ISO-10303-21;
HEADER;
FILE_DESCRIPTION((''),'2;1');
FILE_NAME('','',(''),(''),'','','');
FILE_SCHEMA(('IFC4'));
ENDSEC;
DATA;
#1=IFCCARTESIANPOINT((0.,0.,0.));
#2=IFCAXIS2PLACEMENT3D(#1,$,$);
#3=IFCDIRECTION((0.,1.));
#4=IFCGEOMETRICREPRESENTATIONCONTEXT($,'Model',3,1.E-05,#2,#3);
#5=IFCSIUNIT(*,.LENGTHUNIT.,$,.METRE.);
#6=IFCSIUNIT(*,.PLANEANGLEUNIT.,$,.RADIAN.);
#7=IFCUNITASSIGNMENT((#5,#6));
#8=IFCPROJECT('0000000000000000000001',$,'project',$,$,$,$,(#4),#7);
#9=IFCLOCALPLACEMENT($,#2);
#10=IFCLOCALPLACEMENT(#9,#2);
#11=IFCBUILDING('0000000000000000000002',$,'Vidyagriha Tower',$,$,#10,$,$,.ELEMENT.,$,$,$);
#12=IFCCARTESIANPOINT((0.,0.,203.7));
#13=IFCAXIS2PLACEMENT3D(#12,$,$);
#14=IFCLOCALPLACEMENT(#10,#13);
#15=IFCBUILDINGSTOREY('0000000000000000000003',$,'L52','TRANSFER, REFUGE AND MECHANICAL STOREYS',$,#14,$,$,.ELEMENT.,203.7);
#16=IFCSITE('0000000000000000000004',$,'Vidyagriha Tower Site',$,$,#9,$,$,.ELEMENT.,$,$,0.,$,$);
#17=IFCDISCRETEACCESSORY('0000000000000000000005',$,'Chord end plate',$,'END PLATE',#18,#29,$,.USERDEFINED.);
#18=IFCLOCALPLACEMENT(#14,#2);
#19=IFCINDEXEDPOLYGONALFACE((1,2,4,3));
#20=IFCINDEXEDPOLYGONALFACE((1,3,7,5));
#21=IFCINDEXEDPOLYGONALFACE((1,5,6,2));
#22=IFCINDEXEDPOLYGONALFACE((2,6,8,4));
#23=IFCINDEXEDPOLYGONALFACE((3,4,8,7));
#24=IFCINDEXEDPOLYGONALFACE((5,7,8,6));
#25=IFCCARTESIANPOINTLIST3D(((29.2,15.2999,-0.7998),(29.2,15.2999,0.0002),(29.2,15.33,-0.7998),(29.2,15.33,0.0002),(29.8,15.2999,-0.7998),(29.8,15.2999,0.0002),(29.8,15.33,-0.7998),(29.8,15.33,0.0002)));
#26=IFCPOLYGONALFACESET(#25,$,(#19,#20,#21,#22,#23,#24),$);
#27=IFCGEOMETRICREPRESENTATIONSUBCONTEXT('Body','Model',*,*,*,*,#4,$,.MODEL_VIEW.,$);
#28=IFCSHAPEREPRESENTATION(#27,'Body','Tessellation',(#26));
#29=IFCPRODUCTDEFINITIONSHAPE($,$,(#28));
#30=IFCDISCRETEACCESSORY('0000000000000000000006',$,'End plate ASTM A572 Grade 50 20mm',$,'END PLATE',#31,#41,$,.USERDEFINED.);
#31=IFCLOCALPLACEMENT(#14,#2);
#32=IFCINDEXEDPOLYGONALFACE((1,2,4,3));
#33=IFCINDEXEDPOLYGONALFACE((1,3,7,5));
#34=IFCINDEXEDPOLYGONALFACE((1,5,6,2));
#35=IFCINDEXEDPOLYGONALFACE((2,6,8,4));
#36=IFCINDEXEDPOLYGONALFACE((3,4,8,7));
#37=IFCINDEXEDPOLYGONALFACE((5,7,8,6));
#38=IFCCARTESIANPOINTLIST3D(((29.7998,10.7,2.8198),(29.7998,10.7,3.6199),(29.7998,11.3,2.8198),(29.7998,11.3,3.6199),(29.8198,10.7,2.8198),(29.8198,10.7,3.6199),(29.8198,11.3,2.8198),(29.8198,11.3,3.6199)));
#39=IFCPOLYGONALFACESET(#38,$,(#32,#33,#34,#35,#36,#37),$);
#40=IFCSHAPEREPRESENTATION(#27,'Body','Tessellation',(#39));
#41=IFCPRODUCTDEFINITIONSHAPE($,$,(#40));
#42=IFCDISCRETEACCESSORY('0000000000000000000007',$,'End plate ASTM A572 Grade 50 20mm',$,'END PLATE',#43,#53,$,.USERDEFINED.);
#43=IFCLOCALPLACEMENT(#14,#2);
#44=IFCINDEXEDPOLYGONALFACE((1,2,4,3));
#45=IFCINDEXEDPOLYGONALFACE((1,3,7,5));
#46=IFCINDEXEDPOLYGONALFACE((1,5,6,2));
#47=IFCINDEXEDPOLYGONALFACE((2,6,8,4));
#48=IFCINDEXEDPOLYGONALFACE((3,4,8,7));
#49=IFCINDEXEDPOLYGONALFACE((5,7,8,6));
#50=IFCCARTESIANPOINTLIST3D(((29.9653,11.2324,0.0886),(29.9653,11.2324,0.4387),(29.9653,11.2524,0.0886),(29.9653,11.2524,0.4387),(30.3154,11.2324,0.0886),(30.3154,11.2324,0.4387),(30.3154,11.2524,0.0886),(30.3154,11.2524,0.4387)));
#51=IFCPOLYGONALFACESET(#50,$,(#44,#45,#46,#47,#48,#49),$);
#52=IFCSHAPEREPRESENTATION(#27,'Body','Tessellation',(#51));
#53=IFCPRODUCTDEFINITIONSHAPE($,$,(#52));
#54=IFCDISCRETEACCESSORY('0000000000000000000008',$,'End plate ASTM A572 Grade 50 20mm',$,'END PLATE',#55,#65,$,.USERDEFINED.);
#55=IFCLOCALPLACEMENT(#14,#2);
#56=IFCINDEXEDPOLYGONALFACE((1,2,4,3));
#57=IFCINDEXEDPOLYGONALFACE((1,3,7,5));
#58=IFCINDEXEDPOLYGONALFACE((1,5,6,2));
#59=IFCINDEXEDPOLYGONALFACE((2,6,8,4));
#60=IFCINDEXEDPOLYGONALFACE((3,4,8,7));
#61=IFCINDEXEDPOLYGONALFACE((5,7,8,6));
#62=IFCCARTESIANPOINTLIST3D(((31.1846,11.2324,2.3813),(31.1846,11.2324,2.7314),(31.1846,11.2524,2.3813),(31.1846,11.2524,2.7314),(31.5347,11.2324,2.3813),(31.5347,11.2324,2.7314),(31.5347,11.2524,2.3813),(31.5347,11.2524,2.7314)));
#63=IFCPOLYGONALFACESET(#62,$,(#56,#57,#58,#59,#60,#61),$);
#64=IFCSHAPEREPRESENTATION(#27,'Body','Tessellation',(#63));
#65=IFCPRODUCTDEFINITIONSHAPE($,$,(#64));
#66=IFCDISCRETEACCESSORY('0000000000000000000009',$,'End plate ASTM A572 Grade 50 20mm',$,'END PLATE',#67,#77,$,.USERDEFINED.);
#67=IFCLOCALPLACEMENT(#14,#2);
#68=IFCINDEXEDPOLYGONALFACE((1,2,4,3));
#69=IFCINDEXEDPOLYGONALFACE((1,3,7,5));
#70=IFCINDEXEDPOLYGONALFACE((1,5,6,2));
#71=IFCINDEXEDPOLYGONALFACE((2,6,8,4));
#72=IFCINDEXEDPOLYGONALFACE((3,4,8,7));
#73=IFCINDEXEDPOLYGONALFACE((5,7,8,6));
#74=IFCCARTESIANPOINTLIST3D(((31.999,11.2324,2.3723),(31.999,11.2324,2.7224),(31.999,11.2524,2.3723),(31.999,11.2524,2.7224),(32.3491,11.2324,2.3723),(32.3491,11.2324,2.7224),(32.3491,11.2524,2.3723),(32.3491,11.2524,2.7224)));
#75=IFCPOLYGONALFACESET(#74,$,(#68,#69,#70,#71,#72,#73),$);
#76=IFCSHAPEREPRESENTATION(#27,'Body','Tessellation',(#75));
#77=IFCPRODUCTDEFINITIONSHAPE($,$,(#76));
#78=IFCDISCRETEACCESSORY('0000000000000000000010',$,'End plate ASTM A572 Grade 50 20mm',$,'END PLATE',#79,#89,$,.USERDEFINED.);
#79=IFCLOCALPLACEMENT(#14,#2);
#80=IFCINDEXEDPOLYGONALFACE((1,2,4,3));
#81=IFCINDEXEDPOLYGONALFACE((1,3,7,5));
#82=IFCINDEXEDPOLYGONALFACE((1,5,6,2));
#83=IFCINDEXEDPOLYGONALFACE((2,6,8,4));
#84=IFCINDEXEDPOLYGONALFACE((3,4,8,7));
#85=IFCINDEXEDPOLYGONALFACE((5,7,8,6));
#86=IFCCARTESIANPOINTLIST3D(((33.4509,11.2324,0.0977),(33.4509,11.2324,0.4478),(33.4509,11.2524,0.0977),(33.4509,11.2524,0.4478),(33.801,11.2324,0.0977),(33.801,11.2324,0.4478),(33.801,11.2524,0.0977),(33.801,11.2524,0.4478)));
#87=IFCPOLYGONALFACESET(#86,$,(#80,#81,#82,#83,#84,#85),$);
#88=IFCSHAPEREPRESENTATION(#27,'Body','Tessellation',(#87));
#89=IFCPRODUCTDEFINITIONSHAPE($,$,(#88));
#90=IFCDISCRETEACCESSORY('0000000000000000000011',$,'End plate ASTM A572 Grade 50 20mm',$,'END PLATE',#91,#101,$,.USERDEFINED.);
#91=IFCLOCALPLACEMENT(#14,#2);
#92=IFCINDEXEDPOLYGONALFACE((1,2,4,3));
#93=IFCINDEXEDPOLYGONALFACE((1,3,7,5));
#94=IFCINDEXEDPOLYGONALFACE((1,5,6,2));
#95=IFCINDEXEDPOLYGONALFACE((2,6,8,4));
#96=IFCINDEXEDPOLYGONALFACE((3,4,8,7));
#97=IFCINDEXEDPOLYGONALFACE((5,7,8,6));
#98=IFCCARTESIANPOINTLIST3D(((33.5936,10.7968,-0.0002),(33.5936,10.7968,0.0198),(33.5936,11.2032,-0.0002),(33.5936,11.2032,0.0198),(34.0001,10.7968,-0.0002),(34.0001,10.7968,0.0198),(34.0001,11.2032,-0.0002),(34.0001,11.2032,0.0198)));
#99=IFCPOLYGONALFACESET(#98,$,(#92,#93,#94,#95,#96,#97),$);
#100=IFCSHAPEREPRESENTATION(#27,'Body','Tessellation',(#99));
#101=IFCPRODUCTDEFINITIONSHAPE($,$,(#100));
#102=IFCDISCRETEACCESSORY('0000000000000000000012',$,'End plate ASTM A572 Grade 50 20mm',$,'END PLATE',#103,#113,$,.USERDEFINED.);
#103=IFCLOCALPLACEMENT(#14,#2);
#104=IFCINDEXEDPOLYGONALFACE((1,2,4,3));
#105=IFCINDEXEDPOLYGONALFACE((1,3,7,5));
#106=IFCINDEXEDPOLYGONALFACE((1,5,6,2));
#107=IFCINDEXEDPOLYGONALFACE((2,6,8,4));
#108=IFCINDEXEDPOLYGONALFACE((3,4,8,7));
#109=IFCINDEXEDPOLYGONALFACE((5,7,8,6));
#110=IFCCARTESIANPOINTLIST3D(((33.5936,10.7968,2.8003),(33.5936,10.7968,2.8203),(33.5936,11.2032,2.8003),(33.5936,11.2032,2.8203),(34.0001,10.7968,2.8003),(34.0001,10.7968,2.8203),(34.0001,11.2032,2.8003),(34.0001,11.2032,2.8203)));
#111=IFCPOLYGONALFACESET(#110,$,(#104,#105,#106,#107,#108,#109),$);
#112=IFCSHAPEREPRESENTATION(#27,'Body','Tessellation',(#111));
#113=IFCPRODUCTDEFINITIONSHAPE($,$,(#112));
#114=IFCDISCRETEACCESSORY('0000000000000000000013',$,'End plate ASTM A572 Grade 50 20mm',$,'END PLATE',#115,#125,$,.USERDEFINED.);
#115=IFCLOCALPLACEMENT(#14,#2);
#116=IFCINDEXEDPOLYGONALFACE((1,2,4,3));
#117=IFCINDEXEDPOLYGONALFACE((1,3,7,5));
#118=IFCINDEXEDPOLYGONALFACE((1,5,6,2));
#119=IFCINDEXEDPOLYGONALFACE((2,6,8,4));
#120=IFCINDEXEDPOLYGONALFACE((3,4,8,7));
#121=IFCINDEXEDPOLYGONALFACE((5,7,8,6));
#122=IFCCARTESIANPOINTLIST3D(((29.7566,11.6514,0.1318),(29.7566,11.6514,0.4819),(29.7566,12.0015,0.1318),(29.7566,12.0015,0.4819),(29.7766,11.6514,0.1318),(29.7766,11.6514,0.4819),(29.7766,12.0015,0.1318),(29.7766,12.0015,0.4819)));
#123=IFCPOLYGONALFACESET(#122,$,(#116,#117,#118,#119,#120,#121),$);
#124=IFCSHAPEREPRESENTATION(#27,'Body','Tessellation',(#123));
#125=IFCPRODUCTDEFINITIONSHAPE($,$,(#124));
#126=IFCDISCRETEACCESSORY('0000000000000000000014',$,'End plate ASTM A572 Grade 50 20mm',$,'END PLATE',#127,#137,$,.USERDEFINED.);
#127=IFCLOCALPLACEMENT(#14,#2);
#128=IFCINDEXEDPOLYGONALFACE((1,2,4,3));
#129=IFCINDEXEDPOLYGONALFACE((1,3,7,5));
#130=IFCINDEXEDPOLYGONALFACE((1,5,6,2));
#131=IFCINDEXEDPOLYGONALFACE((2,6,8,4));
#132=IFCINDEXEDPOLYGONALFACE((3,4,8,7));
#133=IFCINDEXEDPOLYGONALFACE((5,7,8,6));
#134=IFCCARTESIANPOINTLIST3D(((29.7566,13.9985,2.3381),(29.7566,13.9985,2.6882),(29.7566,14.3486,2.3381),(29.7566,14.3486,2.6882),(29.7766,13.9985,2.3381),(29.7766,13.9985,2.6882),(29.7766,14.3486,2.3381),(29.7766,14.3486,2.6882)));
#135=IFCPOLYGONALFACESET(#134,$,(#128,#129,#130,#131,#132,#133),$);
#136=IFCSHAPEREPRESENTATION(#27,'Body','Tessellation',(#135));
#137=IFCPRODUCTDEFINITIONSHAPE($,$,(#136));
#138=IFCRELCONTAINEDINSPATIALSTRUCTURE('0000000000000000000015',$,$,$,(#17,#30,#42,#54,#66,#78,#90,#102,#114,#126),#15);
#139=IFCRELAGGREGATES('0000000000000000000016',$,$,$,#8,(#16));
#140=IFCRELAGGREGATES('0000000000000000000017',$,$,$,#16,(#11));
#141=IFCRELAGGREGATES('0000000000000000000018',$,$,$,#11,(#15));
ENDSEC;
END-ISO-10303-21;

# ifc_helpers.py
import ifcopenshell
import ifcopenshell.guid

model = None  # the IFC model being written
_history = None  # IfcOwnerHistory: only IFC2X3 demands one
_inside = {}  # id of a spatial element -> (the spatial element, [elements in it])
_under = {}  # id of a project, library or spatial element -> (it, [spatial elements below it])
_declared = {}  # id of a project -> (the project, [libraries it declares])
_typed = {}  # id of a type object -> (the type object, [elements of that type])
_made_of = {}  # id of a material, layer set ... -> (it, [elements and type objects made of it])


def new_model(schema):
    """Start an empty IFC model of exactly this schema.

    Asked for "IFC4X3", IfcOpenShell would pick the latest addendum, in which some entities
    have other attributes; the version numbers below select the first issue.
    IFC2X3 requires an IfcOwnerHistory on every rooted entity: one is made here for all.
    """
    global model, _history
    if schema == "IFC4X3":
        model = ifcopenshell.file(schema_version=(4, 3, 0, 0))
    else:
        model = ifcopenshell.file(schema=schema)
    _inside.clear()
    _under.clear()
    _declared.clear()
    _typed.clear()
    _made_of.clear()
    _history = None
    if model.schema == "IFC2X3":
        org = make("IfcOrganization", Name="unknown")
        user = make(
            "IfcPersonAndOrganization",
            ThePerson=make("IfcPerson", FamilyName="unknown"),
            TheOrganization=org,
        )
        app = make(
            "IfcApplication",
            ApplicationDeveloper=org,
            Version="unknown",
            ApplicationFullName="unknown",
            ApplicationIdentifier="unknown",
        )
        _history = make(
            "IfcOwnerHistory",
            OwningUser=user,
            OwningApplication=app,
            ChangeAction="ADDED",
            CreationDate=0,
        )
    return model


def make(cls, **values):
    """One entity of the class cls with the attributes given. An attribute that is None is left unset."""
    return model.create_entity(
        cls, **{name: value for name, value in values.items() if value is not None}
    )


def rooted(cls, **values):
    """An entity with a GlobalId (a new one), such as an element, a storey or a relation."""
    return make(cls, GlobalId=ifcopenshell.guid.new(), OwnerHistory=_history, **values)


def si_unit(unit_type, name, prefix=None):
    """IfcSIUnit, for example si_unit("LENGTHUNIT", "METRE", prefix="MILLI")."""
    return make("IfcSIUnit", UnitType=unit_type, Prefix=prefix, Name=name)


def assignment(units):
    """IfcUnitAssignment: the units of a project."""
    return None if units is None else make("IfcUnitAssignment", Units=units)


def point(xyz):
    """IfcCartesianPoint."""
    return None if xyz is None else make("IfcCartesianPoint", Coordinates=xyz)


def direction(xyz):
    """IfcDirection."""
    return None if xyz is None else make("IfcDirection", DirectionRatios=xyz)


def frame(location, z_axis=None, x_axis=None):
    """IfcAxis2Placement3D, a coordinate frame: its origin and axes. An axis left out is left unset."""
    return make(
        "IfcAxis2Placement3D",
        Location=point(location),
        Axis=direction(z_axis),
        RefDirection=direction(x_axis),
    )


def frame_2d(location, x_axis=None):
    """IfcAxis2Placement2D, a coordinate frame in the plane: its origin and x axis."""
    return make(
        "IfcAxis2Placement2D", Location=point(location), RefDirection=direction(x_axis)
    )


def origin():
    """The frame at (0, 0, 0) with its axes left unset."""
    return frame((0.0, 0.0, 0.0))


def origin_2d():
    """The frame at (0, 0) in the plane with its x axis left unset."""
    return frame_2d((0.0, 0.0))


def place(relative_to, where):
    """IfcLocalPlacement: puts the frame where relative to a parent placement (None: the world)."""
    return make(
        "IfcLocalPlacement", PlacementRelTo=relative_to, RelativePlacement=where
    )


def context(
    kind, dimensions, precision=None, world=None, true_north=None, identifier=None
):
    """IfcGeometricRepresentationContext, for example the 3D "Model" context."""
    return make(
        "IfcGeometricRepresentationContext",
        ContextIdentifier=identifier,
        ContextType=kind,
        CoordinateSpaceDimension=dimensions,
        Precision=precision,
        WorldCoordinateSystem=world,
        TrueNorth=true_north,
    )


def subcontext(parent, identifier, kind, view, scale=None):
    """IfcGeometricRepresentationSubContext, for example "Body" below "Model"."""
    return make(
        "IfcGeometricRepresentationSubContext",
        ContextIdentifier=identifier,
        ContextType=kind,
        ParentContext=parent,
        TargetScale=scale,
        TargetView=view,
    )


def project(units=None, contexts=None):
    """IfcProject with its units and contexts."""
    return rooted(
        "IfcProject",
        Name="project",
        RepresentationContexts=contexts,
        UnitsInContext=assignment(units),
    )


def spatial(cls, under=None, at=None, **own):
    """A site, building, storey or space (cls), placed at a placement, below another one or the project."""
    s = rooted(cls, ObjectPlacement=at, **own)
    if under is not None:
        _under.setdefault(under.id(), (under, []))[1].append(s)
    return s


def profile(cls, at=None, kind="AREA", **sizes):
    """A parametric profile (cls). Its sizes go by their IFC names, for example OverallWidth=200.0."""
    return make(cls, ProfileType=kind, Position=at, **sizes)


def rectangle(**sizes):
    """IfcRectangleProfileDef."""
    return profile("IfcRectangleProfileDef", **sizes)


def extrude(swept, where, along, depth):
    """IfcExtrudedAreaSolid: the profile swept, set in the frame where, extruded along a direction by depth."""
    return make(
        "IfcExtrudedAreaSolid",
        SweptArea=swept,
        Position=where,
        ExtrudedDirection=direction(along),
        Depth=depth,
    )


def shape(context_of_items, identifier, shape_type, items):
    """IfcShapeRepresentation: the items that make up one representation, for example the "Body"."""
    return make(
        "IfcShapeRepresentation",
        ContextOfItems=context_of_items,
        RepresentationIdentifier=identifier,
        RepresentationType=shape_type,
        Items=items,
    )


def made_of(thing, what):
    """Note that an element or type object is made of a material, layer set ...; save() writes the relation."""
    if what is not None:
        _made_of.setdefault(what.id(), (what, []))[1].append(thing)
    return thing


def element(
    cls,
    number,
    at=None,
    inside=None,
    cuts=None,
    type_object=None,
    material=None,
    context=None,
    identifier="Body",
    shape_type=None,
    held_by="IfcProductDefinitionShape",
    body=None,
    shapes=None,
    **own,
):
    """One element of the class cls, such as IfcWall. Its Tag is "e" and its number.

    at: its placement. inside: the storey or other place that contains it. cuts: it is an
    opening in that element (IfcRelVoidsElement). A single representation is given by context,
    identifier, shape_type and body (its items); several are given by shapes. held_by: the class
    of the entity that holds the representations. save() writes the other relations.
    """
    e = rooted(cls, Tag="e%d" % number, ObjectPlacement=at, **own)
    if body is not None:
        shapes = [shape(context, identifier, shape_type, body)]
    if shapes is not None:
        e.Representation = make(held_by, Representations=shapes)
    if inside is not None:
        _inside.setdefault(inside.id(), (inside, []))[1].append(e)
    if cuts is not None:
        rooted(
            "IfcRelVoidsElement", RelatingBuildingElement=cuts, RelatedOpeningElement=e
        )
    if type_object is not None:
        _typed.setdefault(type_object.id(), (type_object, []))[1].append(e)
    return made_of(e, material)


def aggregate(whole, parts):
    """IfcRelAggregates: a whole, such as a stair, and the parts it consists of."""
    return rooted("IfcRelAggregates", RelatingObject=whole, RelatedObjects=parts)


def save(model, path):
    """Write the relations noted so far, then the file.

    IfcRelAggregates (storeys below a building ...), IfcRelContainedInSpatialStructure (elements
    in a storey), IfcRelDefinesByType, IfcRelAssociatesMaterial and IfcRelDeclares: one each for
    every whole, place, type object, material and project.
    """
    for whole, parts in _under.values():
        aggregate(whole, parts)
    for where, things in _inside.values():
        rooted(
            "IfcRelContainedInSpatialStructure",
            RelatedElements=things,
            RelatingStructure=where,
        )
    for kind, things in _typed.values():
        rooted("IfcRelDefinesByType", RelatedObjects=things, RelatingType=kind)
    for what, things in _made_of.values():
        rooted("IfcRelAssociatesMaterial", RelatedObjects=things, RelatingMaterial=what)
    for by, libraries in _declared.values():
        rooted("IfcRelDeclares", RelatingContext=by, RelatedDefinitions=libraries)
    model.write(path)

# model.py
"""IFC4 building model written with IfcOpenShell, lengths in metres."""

from ifc_helpers import new_model, si_unit, direction, frame, origin, origin_2d, place, context, subcontext, project, spatial, rectangle, extrude, element, save


model = new_model("IFC4")

# Units and contexts
model_context = context("Model", 3, precision=1e-05, world=origin(), true_north=direction((0.0, 1.0)))
body_context = subcontext(model_context, "Body", "Model", "MODEL_VIEW")
ifc_project = project(units=[si_unit("LENGTHUNIT", "METRE"), si_unit("PLANEANGLEUNIT", "RADIAN")], contexts=[model_context])

# Site, building, storey
site_placement = place(None, origin())
site = spatial("IfcSite", under=ifc_project, at=site_placement, Name="Vidyagriha Tower Site", CompositionType="ELEMENT", RefElevation=0.0)
building_placement = place(site_placement, origin())
building = spatial("IfcBuilding", under=site, at=building_placement, Name="Vidyagriha Tower", CompositionType="ELEMENT")
storey_placement = place(building_placement, frame((0.0, 0.0, 203.7)))
storey = spatial("IfcBuildingStorey", under=building, at=storey_placement, Name="L52", Description="TRANSFER, REFUGE AND MECHANICAL STOREYS", CompositionType="ELEMENT", Elevation=203.7)

# Discrete accessories
discrete_accessory_1_placement = place(storey_placement, frame((29.5, 15.3149, -0.7998), z_axis=(0.0, 0.0, 1.0), x_axis=(0.0, 1.0, 0.0)))
element("IfcDiscreteAccessory", 1, at=discrete_accessory_1_placement, inside=storey, Name="Chord end plate", ObjectType="END PLATE", PredefinedType="USERDEFINED", context=body_context, shape_type="SweptSolid", body=[
    extrude(rectangle(XDim=0.03, YDim=0.6001, at=origin_2d()), origin(), (0.0, 0.0, 1.0), 0.8),
])
discrete_accessory_2_placement = place(storey_placement, frame((29.8098, 11.0, 2.8198), z_axis=(0.0, 0.0, 1.0), x_axis=(-1.0, 0.0, 0.0)))
element("IfcDiscreteAccessory", 2, at=discrete_accessory_2_placement, inside=storey, Name="End plate ASTM A572 Grade 50 20mm", ObjectType="END PLATE", PredefinedType="USERDEFINED", context=body_context, shape_type="SweptSolid", body=[
    extrude(rectangle(XDim=0.02, YDim=0.6001, at=origin_2d()), origin(), (0.0, 0.0, 1.0), 0.8),
])
discrete_accessory_3_placement = place(storey_placement, frame((30.1404, 11.2424, 0.0886), z_axis=(0.0, 0.0, 1.0), x_axis=(-1.0, 0.0, 0.0)))
element("IfcDiscreteAccessory", 3, at=discrete_accessory_3_placement, inside=storey, Name="End plate ASTM A572 Grade 50 20mm", ObjectType="END PLATE", PredefinedType="USERDEFINED", context=body_context, shape_type="SweptSolid", body=[
    extrude(rectangle(XDim=0.3501, YDim=0.02, at=origin_2d()), origin(), (0.0, 0.0, 1.0), 0.3501),
])
discrete_accessory_4_placement = place(storey_placement, frame((31.3596, 11.2424, 2.3813)))
element("IfcDiscreteAccessory", 4, at=discrete_accessory_4_placement, inside=storey, Name="End plate ASTM A572 Grade 50 20mm", ObjectType="END PLATE", PredefinedType="USERDEFINED", context=body_context, shape_type="SweptSolid", body=[
    extrude(rectangle(XDim=0.3501, YDim=0.02, at=origin_2d()), origin(), (0.0, 0.0, 1.0), 0.3501),
])
discrete_accessory_5_placement = place(storey_placement, frame((32.1741, 11.2424, 2.3723), z_axis=(0.0, 0.0, 1.0), x_axis=(-1.0, 0.0, 0.0)))
element("IfcDiscreteAccessory", 5, at=discrete_accessory_5_placement, inside=storey, Name="End plate ASTM A572 Grade 50 20mm", ObjectType="END PLATE", PredefinedType="USERDEFINED", context=body_context, shape_type="SweptSolid", body=[
    extrude(rectangle(XDim=0.3501, YDim=0.02, at=origin_2d()), origin(), (0.0, 0.0, 1.0), 0.3501),
])
discrete_accessory_6_placement = place(storey_placement, frame((33.626, 11.2424, 0.0977)))
element("IfcDiscreteAccessory", 6, at=discrete_accessory_6_placement, inside=storey, Name="End plate ASTM A572 Grade 50 20mm", ObjectType="END PLATE", PredefinedType="USERDEFINED", context=body_context, shape_type="SweptSolid", body=[
    extrude(rectangle(XDim=0.3501, YDim=0.02, at=origin_2d()), origin(), (0.0, 0.0, 1.0), 0.3501),
])
for number, where, name in (
    (7, (33.7969, 11.0, -0.0002), "End plate ASTM A572 Grade 50 20mm"),
    (8, (33.7969, 11.0, 2.8003), "End plate ASTM A572 Grade 50 20mm"),
):
    element("IfcDiscreteAccessory", number, at=place(storey_placement, frame(where)), inside=storey, Name=name, ObjectType="END PLATE", PredefinedType="USERDEFINED", context=body_context, shape_type="SweptSolid", body=[
        extrude(rectangle(XDim=0.4065, YDim=0.4065, at=origin_2d()), origin(), (0.0, 0.0, 1.0), 0.02),
    ])
for number, where, z_axis, x_axis, name in (
    (9, (29.7666, 11.8264, 0.1318), (0.0, 0.0, 1.0), (0.0, -1.0, 0.0), "End plate ASTM A572 Grade 50 20mm"),
    (10, (29.7666, 14.1736, 2.3381), (0.0, 0.0, 1.0), (0.0, 1.0, 0.0), "End plate ASTM A572 Grade 50 20mm"),
):
    element("IfcDiscreteAccessory", number, at=place(storey_placement, frame(where, z_axis=z_axis, x_axis=x_axis)), inside=storey, Name=name, ObjectType="END PLATE", PredefinedType="USERDEFINED", context=body_context, shape_type="SweptSolid", body=[
        extrude(rectangle(XDim=0.3501, YDim=0.02, at=origin_2d()), origin(), (0.0, 0.0, 1.0), 0.3501),
    ])

save(model, "model.ifc")
